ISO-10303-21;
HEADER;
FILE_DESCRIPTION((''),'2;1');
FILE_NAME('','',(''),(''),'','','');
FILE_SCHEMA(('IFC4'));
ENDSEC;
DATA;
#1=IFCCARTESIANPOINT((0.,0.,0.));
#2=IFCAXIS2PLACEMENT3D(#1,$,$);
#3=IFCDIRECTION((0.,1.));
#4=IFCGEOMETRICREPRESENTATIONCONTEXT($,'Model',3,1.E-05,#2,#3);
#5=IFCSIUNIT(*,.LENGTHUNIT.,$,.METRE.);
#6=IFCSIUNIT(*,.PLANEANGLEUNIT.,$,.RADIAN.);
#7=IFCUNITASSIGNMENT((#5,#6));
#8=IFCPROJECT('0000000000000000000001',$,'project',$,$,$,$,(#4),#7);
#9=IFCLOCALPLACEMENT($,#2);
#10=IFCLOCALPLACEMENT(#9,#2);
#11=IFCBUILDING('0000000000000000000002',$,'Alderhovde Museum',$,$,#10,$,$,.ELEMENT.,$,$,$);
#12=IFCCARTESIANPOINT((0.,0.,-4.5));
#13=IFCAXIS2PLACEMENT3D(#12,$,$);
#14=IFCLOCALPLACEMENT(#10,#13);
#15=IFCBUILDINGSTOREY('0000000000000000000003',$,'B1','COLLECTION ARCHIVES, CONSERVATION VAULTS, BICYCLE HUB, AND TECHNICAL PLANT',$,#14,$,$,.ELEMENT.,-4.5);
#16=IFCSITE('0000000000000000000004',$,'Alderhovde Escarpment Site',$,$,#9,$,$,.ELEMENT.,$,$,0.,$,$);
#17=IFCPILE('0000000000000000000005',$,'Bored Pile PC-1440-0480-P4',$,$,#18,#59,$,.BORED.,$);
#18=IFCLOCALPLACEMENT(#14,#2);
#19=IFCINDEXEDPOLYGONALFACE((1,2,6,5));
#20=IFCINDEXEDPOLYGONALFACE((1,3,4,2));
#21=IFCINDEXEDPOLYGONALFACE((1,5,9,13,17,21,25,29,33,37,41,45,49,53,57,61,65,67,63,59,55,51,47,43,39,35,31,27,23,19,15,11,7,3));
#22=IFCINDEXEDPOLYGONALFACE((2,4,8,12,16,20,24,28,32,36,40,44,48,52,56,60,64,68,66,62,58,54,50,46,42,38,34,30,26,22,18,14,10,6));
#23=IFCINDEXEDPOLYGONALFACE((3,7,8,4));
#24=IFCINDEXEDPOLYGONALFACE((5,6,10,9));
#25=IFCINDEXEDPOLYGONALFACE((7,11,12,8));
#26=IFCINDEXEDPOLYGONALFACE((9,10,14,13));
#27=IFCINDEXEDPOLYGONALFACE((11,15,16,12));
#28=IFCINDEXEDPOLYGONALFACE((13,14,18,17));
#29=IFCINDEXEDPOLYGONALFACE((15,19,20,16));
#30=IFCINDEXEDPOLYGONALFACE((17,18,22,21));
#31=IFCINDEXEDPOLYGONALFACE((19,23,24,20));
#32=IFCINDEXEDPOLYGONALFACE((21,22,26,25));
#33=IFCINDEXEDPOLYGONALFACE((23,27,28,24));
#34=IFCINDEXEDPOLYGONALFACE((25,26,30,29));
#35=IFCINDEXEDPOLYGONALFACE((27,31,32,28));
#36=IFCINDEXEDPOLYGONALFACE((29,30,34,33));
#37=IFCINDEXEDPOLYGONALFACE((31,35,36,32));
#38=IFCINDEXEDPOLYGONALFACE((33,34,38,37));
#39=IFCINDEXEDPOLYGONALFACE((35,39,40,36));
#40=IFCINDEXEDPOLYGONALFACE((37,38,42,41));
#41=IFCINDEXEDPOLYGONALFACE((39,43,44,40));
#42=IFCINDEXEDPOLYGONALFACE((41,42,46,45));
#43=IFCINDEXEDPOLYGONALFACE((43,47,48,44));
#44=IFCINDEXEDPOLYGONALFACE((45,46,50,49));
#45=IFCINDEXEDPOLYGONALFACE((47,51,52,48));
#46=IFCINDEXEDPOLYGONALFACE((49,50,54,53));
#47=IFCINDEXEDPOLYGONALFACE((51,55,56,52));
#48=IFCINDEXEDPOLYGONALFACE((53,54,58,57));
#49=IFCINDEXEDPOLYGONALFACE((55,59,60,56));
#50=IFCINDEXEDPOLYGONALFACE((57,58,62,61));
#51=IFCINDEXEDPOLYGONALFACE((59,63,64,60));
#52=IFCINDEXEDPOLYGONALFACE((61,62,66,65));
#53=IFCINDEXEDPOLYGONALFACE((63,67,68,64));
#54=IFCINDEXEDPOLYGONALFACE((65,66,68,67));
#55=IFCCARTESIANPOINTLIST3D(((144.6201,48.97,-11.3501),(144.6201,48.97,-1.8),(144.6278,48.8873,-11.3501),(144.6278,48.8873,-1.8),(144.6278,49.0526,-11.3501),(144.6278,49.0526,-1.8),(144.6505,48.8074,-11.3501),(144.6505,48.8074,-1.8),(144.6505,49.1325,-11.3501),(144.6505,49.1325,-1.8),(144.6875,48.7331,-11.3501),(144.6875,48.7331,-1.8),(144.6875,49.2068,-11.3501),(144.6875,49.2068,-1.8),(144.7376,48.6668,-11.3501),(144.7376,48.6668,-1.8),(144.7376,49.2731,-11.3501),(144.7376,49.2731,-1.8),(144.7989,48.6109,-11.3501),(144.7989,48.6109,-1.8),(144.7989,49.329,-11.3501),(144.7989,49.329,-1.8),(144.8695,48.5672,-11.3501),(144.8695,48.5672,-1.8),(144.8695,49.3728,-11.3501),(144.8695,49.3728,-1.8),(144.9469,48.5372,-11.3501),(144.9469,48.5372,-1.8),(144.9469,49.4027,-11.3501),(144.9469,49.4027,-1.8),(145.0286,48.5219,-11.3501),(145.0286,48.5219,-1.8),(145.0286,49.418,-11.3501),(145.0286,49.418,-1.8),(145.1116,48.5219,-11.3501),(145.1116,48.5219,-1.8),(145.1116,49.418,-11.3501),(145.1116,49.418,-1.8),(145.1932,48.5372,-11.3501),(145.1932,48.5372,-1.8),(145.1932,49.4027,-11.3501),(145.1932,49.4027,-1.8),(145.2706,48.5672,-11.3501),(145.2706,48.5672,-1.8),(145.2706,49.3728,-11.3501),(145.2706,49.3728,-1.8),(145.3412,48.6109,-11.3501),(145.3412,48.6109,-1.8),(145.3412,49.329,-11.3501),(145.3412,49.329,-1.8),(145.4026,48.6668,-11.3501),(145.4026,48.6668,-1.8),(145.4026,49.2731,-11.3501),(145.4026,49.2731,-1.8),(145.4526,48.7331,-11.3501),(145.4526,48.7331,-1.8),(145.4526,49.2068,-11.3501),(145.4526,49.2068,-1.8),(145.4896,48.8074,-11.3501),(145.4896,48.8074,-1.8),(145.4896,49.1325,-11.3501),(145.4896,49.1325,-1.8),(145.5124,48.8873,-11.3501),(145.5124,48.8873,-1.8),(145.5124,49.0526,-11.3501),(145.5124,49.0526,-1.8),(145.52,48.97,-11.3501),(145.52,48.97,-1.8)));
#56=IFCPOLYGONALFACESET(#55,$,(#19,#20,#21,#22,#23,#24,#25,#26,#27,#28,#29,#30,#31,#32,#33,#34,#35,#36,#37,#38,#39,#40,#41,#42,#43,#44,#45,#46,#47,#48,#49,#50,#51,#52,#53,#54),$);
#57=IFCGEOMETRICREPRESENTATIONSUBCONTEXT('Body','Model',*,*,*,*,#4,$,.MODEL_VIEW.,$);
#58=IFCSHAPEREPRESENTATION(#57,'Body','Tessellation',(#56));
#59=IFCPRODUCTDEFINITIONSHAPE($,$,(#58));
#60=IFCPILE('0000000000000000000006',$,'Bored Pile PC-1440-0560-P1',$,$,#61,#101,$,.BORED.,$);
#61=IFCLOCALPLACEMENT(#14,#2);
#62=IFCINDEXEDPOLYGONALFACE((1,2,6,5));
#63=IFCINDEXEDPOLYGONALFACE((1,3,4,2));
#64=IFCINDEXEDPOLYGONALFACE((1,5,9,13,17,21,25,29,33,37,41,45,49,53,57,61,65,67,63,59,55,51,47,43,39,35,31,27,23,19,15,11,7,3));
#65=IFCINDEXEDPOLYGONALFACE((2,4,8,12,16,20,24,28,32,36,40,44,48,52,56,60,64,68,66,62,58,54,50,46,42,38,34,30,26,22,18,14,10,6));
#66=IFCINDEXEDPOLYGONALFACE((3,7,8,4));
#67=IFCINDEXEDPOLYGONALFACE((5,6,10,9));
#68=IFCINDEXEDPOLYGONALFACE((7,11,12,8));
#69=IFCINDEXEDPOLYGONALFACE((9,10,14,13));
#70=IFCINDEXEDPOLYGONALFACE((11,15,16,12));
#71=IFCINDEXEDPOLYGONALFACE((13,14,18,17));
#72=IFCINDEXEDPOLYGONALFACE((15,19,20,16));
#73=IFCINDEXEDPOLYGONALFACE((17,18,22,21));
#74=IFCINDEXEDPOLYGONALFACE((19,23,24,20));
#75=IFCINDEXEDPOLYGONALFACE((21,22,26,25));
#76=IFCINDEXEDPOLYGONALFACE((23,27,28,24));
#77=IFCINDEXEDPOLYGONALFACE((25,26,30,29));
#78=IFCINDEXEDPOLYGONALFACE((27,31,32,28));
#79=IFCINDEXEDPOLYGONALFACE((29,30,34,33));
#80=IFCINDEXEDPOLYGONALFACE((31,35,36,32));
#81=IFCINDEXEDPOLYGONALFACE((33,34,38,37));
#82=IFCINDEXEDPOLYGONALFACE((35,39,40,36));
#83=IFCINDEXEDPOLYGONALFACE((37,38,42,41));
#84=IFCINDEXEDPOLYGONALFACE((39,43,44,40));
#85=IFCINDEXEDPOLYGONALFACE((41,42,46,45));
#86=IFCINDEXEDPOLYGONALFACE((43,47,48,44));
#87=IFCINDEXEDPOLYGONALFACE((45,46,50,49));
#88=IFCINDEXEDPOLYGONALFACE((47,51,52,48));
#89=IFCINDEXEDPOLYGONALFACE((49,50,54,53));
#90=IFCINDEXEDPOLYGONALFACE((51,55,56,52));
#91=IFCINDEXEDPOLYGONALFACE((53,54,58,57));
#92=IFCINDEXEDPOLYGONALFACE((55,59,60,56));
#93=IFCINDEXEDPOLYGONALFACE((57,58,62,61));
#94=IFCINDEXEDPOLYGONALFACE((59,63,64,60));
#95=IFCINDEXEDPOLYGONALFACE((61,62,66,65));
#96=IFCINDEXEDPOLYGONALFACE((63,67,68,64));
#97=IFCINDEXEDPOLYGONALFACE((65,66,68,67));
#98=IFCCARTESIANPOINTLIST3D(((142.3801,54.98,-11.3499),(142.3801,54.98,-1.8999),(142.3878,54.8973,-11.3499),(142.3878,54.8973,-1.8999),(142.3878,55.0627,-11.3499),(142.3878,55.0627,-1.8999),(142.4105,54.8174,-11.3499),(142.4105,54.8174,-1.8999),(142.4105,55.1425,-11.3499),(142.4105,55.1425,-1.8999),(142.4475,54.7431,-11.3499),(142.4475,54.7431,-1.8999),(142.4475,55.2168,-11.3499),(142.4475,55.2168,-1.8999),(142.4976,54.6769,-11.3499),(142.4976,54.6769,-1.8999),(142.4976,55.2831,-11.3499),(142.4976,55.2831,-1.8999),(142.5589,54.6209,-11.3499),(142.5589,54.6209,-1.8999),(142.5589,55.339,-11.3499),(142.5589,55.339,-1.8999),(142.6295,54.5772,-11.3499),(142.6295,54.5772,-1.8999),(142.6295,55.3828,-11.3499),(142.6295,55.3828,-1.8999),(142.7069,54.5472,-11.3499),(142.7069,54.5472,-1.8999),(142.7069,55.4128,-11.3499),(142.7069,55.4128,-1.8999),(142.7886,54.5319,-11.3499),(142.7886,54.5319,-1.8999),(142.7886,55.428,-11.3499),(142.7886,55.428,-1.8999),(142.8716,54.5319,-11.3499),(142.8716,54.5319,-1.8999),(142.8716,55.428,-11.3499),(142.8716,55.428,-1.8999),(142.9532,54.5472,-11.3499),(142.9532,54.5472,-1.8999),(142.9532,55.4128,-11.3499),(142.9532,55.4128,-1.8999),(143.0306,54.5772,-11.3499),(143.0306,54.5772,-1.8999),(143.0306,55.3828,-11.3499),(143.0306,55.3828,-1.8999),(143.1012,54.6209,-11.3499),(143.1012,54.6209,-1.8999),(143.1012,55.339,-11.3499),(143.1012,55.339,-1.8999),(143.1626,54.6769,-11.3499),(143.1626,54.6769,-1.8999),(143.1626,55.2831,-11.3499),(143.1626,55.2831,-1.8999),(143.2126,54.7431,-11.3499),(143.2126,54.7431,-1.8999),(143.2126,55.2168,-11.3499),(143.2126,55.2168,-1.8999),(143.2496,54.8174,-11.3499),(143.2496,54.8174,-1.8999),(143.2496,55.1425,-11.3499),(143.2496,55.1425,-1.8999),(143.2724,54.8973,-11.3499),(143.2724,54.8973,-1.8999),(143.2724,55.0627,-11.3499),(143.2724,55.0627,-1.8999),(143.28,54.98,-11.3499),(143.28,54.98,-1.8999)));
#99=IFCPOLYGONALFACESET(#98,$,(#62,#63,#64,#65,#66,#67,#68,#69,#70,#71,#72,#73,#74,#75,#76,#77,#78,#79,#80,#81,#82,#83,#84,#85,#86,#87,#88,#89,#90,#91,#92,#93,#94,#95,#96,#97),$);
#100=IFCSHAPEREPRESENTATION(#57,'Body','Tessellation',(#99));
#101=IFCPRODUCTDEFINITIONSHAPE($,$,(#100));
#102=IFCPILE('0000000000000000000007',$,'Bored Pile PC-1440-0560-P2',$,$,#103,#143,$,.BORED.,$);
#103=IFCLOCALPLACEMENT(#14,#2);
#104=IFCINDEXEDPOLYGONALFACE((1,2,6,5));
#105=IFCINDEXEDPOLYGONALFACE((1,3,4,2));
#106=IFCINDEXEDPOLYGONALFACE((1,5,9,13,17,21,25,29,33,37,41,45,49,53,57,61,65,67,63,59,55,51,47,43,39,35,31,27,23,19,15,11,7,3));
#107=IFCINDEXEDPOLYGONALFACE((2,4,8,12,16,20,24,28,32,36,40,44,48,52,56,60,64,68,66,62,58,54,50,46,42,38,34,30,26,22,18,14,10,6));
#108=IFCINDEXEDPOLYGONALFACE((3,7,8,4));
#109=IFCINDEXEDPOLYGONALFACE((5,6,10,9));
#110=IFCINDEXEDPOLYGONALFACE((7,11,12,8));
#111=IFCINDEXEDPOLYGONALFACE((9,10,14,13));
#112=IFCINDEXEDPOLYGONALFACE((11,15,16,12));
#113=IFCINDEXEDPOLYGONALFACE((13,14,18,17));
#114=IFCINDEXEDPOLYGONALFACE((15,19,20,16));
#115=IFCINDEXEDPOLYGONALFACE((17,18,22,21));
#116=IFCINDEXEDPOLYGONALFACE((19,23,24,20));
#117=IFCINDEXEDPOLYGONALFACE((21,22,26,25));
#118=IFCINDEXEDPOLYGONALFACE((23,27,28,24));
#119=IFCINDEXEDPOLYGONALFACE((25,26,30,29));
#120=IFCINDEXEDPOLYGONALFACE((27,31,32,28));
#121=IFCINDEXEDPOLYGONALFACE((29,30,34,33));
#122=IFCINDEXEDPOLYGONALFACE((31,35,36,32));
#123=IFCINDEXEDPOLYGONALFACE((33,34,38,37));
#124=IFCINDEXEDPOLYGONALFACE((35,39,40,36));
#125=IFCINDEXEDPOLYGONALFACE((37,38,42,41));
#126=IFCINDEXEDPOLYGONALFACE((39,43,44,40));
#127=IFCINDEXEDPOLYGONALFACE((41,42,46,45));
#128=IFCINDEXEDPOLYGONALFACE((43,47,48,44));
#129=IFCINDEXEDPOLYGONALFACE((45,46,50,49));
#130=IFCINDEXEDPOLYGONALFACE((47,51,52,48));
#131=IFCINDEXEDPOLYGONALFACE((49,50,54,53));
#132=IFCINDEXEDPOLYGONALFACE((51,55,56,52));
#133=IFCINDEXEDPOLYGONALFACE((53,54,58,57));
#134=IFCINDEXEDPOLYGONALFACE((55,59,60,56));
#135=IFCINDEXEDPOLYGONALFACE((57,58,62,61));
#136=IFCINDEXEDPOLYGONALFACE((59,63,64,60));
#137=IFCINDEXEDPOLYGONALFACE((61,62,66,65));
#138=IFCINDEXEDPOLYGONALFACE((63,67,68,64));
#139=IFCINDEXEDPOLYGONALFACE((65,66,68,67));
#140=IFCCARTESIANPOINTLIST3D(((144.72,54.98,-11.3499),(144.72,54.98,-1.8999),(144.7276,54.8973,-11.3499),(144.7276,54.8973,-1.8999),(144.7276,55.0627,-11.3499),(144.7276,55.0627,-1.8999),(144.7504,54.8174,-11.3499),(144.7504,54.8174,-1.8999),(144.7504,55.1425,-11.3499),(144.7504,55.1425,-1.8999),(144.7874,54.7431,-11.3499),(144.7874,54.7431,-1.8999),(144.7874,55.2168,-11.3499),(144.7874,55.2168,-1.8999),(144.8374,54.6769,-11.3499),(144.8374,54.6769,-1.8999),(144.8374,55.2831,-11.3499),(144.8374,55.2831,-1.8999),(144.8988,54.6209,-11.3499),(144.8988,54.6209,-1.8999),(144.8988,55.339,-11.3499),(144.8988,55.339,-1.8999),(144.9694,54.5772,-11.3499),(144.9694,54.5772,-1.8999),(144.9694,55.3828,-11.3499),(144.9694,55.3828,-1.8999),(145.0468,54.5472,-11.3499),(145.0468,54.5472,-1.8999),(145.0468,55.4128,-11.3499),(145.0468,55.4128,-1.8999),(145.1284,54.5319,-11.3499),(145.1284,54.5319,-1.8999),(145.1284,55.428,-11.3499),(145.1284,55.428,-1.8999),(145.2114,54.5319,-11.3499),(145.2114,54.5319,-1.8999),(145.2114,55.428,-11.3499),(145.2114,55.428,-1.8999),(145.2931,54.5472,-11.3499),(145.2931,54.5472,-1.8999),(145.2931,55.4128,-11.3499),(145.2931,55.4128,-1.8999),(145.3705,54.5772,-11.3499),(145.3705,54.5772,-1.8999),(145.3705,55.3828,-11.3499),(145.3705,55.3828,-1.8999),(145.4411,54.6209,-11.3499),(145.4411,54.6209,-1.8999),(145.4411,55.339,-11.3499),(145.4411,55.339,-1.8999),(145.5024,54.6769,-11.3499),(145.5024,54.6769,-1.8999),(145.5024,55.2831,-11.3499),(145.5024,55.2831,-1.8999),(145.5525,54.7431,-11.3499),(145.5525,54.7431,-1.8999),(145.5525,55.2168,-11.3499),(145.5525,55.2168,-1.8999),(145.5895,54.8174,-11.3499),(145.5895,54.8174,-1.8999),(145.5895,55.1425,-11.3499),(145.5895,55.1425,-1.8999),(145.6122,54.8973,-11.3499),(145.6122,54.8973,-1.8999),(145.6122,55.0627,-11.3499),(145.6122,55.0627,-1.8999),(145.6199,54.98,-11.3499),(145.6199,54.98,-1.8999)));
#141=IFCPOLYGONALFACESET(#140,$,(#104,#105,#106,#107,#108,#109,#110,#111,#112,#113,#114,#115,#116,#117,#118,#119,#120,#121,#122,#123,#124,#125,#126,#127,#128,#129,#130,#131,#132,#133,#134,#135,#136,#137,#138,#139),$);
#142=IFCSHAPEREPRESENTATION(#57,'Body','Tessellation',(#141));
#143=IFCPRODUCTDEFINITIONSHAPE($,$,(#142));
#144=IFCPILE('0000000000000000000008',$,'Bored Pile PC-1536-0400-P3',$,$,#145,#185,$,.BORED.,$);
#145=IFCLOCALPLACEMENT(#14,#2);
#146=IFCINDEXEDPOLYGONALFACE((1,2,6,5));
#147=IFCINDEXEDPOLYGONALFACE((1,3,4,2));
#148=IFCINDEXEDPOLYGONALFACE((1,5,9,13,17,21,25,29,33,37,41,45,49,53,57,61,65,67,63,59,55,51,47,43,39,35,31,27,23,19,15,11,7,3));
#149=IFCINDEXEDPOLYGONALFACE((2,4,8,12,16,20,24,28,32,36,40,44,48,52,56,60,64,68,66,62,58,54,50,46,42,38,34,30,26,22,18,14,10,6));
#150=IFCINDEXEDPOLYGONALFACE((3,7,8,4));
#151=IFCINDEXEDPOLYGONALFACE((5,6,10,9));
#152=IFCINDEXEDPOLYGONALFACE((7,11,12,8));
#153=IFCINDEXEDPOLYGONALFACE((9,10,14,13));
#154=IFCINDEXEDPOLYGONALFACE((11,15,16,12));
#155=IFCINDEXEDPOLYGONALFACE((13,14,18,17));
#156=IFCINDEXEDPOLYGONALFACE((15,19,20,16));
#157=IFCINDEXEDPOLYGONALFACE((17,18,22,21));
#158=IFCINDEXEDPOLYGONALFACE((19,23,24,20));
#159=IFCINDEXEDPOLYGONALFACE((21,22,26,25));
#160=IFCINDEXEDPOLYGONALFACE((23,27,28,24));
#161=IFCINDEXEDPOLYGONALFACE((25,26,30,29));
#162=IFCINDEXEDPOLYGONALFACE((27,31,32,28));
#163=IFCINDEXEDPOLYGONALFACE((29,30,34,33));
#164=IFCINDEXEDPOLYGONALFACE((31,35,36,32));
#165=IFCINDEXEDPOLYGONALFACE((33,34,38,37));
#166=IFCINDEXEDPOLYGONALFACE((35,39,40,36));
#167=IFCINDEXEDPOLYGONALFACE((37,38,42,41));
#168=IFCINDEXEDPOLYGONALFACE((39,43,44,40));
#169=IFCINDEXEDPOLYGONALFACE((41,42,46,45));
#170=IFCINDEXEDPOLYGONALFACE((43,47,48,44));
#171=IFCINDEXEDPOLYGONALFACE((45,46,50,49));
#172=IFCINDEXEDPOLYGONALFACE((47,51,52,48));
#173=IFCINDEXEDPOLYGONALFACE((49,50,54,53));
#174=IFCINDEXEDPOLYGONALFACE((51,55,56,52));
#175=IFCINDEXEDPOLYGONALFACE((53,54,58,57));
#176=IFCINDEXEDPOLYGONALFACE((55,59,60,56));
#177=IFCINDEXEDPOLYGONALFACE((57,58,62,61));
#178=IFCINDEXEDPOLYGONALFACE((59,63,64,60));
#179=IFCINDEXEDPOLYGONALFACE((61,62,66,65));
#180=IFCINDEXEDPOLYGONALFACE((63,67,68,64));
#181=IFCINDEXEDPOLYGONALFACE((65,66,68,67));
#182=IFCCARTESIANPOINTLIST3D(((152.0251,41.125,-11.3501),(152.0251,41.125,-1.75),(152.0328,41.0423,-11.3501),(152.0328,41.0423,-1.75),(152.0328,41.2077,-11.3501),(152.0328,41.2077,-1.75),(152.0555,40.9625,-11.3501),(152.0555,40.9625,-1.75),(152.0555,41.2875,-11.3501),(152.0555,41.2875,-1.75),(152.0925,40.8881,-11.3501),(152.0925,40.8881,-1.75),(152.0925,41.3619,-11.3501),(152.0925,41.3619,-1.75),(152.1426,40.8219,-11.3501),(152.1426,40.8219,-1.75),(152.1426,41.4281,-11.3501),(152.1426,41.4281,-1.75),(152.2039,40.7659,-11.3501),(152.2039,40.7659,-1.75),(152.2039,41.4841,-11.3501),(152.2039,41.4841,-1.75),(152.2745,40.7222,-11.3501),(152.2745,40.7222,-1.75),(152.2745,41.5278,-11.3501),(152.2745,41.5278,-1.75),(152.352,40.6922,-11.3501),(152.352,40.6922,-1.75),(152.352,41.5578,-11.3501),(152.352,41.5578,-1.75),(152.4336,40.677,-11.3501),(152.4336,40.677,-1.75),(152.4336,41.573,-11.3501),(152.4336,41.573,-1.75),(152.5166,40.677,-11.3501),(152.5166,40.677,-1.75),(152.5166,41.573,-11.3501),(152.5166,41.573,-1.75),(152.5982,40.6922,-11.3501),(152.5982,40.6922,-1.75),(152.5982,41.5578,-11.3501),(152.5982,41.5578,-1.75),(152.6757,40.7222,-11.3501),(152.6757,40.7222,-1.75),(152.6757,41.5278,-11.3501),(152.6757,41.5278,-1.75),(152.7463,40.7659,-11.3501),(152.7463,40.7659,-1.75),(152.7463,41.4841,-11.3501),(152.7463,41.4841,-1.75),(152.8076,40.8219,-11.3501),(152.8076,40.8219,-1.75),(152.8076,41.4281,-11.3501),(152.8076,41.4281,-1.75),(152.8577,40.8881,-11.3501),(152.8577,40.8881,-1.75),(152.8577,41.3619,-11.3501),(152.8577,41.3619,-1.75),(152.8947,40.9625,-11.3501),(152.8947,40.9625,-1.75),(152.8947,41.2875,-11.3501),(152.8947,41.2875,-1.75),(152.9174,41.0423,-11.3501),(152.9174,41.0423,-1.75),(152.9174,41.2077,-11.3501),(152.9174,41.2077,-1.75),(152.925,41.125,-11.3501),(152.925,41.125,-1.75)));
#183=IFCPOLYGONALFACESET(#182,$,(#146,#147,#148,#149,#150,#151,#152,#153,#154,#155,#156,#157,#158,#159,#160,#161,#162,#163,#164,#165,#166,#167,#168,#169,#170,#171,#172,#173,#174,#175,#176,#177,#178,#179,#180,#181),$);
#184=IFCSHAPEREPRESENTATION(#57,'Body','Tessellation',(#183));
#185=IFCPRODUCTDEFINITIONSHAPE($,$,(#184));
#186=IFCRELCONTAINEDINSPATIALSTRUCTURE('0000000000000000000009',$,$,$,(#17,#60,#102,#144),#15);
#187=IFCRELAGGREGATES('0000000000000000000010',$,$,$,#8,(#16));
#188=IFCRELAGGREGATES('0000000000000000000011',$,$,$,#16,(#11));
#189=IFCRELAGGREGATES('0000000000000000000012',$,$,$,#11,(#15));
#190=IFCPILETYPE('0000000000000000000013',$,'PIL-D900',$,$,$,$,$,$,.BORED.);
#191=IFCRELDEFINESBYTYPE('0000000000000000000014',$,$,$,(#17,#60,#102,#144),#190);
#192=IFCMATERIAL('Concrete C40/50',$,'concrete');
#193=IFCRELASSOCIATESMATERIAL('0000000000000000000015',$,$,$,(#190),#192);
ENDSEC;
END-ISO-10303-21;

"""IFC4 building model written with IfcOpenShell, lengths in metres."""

from ifc_helpers import new_model, si_unit, direction, frame, origin, origin_2d, place, context, subcontext, project, spatial, circle, extrude, material, material_profile, profile_set, type_object, element, save


model = new_model("IFC4")

# Units and contexts
model_context = context("Model", 3, precision=1e-05, world=origin(), true_north=direction((0.0, 1.0)))
body_context = subcontext(model_context, "Body", "Model", "MODEL_VIEW")
ifc_project = project(units=[si_unit("LENGTHUNIT", "METRE"), si_unit("PLANEANGLEUNIT", "RADIAN")], contexts=[model_context])

# Site, building, storey
site_placement = place(None, origin())
site = spatial("IfcSite", under=ifc_project, at=site_placement, Name="Alderhovde Escarpment Site", CompositionType="ELEMENT", RefElevation=0.0)
building_placement = place(site_placement, origin())
building = spatial("IfcBuilding", under=site, at=building_placement, Name="Alderhovde Museum", CompositionType="ELEMENT")
storey_placement = place(building_placement, frame((0.0, 0.0, -4.5)))
storey = spatial("IfcBuildingStorey", under=building, at=storey_placement, Name="B1", Description="COLLECTION ARCHIVES, CONSERVATION VAULTS, BICYCLE HUB, AND TECHNICAL PLANT", CompositionType="ELEMENT", Elevation=-4.5)

# Piles
ifc_material_1 = material(Name="Concrete C40/50", Category="concrete")
ifc_material_profile_1 = material_profile(ifc_material_1, circle(Radius=0.45, at=origin_2d()), Name="PILE-D900")
ifc_profile_set_1 = profile_set([ifc_material_profile_1], Name="Concrete C40/50")
pile_type_1 = type_object("IfcPileType", Name="PIL-D900", PredefinedType="BORED", material=ifc_profile_set_1)
for number, where, z_axis, x_axis, name in (
    (1, (145.0701, 48.97, -1.8), (0.0, 0.0, -1.0), (1.0, 0.0, 0.0), "Bored Pile PC-1440-0480-P4"),
):
    element("IfcPile", number, at=place(storey_placement, frame(where, z_axis=z_axis, x_axis=x_axis)), inside=storey, type_object=pile_type_1, Name=name, PredefinedType="BORED", context=body_context, shape_type="SweptSolid", body=[
        extrude(circle(Radius=0.45, at=origin_2d()), origin(), (0.0, 0.0, 1.0), 9.55),
    ])
for number, where, z_axis, x_axis, name in (
    (2, (142.8301, 54.98, -1.8999), (0.0, 0.0, -1.0), (1.0, 0.0, 0.0), "Bored Pile PC-1440-0560-P1"),
    (3, (145.1699, 54.98, -1.8999), (0.0, 0.0, -1.0), (1.0, 0.0, 0.0), "Bored Pile PC-1440-0560-P2"),
):
    element("IfcPile", number, at=place(storey_placement, frame(where, z_axis=z_axis, x_axis=x_axis)), inside=storey, type_object=pile_type_1, Name=name, PredefinedType="BORED", context=body_context, shape_type="SweptSolid", body=[
        extrude(circle(Radius=0.45, at=origin_2d()), origin(), (0.0, 0.0, 1.0), 9.45),
    ])
pile_placement = place(storey_placement, frame((152.4751, 41.125, -1.75), z_axis=(0.0, 0.0, -1.0), x_axis=(1.0, 0.0, 0.0)))
element("IfcPile", 4, at=pile_placement, inside=storey, type_object=pile_type_1, Name="Bored Pile PC-1536-0400-P3", PredefinedType="BORED", context=body_context, shape_type="SweptSolid", body=[
    extrude(circle(Radius=0.45, at=origin_2d()), origin(), (0.0, 0.0, 1.0), 9.6001),
])

save(model, "model.ifc")
